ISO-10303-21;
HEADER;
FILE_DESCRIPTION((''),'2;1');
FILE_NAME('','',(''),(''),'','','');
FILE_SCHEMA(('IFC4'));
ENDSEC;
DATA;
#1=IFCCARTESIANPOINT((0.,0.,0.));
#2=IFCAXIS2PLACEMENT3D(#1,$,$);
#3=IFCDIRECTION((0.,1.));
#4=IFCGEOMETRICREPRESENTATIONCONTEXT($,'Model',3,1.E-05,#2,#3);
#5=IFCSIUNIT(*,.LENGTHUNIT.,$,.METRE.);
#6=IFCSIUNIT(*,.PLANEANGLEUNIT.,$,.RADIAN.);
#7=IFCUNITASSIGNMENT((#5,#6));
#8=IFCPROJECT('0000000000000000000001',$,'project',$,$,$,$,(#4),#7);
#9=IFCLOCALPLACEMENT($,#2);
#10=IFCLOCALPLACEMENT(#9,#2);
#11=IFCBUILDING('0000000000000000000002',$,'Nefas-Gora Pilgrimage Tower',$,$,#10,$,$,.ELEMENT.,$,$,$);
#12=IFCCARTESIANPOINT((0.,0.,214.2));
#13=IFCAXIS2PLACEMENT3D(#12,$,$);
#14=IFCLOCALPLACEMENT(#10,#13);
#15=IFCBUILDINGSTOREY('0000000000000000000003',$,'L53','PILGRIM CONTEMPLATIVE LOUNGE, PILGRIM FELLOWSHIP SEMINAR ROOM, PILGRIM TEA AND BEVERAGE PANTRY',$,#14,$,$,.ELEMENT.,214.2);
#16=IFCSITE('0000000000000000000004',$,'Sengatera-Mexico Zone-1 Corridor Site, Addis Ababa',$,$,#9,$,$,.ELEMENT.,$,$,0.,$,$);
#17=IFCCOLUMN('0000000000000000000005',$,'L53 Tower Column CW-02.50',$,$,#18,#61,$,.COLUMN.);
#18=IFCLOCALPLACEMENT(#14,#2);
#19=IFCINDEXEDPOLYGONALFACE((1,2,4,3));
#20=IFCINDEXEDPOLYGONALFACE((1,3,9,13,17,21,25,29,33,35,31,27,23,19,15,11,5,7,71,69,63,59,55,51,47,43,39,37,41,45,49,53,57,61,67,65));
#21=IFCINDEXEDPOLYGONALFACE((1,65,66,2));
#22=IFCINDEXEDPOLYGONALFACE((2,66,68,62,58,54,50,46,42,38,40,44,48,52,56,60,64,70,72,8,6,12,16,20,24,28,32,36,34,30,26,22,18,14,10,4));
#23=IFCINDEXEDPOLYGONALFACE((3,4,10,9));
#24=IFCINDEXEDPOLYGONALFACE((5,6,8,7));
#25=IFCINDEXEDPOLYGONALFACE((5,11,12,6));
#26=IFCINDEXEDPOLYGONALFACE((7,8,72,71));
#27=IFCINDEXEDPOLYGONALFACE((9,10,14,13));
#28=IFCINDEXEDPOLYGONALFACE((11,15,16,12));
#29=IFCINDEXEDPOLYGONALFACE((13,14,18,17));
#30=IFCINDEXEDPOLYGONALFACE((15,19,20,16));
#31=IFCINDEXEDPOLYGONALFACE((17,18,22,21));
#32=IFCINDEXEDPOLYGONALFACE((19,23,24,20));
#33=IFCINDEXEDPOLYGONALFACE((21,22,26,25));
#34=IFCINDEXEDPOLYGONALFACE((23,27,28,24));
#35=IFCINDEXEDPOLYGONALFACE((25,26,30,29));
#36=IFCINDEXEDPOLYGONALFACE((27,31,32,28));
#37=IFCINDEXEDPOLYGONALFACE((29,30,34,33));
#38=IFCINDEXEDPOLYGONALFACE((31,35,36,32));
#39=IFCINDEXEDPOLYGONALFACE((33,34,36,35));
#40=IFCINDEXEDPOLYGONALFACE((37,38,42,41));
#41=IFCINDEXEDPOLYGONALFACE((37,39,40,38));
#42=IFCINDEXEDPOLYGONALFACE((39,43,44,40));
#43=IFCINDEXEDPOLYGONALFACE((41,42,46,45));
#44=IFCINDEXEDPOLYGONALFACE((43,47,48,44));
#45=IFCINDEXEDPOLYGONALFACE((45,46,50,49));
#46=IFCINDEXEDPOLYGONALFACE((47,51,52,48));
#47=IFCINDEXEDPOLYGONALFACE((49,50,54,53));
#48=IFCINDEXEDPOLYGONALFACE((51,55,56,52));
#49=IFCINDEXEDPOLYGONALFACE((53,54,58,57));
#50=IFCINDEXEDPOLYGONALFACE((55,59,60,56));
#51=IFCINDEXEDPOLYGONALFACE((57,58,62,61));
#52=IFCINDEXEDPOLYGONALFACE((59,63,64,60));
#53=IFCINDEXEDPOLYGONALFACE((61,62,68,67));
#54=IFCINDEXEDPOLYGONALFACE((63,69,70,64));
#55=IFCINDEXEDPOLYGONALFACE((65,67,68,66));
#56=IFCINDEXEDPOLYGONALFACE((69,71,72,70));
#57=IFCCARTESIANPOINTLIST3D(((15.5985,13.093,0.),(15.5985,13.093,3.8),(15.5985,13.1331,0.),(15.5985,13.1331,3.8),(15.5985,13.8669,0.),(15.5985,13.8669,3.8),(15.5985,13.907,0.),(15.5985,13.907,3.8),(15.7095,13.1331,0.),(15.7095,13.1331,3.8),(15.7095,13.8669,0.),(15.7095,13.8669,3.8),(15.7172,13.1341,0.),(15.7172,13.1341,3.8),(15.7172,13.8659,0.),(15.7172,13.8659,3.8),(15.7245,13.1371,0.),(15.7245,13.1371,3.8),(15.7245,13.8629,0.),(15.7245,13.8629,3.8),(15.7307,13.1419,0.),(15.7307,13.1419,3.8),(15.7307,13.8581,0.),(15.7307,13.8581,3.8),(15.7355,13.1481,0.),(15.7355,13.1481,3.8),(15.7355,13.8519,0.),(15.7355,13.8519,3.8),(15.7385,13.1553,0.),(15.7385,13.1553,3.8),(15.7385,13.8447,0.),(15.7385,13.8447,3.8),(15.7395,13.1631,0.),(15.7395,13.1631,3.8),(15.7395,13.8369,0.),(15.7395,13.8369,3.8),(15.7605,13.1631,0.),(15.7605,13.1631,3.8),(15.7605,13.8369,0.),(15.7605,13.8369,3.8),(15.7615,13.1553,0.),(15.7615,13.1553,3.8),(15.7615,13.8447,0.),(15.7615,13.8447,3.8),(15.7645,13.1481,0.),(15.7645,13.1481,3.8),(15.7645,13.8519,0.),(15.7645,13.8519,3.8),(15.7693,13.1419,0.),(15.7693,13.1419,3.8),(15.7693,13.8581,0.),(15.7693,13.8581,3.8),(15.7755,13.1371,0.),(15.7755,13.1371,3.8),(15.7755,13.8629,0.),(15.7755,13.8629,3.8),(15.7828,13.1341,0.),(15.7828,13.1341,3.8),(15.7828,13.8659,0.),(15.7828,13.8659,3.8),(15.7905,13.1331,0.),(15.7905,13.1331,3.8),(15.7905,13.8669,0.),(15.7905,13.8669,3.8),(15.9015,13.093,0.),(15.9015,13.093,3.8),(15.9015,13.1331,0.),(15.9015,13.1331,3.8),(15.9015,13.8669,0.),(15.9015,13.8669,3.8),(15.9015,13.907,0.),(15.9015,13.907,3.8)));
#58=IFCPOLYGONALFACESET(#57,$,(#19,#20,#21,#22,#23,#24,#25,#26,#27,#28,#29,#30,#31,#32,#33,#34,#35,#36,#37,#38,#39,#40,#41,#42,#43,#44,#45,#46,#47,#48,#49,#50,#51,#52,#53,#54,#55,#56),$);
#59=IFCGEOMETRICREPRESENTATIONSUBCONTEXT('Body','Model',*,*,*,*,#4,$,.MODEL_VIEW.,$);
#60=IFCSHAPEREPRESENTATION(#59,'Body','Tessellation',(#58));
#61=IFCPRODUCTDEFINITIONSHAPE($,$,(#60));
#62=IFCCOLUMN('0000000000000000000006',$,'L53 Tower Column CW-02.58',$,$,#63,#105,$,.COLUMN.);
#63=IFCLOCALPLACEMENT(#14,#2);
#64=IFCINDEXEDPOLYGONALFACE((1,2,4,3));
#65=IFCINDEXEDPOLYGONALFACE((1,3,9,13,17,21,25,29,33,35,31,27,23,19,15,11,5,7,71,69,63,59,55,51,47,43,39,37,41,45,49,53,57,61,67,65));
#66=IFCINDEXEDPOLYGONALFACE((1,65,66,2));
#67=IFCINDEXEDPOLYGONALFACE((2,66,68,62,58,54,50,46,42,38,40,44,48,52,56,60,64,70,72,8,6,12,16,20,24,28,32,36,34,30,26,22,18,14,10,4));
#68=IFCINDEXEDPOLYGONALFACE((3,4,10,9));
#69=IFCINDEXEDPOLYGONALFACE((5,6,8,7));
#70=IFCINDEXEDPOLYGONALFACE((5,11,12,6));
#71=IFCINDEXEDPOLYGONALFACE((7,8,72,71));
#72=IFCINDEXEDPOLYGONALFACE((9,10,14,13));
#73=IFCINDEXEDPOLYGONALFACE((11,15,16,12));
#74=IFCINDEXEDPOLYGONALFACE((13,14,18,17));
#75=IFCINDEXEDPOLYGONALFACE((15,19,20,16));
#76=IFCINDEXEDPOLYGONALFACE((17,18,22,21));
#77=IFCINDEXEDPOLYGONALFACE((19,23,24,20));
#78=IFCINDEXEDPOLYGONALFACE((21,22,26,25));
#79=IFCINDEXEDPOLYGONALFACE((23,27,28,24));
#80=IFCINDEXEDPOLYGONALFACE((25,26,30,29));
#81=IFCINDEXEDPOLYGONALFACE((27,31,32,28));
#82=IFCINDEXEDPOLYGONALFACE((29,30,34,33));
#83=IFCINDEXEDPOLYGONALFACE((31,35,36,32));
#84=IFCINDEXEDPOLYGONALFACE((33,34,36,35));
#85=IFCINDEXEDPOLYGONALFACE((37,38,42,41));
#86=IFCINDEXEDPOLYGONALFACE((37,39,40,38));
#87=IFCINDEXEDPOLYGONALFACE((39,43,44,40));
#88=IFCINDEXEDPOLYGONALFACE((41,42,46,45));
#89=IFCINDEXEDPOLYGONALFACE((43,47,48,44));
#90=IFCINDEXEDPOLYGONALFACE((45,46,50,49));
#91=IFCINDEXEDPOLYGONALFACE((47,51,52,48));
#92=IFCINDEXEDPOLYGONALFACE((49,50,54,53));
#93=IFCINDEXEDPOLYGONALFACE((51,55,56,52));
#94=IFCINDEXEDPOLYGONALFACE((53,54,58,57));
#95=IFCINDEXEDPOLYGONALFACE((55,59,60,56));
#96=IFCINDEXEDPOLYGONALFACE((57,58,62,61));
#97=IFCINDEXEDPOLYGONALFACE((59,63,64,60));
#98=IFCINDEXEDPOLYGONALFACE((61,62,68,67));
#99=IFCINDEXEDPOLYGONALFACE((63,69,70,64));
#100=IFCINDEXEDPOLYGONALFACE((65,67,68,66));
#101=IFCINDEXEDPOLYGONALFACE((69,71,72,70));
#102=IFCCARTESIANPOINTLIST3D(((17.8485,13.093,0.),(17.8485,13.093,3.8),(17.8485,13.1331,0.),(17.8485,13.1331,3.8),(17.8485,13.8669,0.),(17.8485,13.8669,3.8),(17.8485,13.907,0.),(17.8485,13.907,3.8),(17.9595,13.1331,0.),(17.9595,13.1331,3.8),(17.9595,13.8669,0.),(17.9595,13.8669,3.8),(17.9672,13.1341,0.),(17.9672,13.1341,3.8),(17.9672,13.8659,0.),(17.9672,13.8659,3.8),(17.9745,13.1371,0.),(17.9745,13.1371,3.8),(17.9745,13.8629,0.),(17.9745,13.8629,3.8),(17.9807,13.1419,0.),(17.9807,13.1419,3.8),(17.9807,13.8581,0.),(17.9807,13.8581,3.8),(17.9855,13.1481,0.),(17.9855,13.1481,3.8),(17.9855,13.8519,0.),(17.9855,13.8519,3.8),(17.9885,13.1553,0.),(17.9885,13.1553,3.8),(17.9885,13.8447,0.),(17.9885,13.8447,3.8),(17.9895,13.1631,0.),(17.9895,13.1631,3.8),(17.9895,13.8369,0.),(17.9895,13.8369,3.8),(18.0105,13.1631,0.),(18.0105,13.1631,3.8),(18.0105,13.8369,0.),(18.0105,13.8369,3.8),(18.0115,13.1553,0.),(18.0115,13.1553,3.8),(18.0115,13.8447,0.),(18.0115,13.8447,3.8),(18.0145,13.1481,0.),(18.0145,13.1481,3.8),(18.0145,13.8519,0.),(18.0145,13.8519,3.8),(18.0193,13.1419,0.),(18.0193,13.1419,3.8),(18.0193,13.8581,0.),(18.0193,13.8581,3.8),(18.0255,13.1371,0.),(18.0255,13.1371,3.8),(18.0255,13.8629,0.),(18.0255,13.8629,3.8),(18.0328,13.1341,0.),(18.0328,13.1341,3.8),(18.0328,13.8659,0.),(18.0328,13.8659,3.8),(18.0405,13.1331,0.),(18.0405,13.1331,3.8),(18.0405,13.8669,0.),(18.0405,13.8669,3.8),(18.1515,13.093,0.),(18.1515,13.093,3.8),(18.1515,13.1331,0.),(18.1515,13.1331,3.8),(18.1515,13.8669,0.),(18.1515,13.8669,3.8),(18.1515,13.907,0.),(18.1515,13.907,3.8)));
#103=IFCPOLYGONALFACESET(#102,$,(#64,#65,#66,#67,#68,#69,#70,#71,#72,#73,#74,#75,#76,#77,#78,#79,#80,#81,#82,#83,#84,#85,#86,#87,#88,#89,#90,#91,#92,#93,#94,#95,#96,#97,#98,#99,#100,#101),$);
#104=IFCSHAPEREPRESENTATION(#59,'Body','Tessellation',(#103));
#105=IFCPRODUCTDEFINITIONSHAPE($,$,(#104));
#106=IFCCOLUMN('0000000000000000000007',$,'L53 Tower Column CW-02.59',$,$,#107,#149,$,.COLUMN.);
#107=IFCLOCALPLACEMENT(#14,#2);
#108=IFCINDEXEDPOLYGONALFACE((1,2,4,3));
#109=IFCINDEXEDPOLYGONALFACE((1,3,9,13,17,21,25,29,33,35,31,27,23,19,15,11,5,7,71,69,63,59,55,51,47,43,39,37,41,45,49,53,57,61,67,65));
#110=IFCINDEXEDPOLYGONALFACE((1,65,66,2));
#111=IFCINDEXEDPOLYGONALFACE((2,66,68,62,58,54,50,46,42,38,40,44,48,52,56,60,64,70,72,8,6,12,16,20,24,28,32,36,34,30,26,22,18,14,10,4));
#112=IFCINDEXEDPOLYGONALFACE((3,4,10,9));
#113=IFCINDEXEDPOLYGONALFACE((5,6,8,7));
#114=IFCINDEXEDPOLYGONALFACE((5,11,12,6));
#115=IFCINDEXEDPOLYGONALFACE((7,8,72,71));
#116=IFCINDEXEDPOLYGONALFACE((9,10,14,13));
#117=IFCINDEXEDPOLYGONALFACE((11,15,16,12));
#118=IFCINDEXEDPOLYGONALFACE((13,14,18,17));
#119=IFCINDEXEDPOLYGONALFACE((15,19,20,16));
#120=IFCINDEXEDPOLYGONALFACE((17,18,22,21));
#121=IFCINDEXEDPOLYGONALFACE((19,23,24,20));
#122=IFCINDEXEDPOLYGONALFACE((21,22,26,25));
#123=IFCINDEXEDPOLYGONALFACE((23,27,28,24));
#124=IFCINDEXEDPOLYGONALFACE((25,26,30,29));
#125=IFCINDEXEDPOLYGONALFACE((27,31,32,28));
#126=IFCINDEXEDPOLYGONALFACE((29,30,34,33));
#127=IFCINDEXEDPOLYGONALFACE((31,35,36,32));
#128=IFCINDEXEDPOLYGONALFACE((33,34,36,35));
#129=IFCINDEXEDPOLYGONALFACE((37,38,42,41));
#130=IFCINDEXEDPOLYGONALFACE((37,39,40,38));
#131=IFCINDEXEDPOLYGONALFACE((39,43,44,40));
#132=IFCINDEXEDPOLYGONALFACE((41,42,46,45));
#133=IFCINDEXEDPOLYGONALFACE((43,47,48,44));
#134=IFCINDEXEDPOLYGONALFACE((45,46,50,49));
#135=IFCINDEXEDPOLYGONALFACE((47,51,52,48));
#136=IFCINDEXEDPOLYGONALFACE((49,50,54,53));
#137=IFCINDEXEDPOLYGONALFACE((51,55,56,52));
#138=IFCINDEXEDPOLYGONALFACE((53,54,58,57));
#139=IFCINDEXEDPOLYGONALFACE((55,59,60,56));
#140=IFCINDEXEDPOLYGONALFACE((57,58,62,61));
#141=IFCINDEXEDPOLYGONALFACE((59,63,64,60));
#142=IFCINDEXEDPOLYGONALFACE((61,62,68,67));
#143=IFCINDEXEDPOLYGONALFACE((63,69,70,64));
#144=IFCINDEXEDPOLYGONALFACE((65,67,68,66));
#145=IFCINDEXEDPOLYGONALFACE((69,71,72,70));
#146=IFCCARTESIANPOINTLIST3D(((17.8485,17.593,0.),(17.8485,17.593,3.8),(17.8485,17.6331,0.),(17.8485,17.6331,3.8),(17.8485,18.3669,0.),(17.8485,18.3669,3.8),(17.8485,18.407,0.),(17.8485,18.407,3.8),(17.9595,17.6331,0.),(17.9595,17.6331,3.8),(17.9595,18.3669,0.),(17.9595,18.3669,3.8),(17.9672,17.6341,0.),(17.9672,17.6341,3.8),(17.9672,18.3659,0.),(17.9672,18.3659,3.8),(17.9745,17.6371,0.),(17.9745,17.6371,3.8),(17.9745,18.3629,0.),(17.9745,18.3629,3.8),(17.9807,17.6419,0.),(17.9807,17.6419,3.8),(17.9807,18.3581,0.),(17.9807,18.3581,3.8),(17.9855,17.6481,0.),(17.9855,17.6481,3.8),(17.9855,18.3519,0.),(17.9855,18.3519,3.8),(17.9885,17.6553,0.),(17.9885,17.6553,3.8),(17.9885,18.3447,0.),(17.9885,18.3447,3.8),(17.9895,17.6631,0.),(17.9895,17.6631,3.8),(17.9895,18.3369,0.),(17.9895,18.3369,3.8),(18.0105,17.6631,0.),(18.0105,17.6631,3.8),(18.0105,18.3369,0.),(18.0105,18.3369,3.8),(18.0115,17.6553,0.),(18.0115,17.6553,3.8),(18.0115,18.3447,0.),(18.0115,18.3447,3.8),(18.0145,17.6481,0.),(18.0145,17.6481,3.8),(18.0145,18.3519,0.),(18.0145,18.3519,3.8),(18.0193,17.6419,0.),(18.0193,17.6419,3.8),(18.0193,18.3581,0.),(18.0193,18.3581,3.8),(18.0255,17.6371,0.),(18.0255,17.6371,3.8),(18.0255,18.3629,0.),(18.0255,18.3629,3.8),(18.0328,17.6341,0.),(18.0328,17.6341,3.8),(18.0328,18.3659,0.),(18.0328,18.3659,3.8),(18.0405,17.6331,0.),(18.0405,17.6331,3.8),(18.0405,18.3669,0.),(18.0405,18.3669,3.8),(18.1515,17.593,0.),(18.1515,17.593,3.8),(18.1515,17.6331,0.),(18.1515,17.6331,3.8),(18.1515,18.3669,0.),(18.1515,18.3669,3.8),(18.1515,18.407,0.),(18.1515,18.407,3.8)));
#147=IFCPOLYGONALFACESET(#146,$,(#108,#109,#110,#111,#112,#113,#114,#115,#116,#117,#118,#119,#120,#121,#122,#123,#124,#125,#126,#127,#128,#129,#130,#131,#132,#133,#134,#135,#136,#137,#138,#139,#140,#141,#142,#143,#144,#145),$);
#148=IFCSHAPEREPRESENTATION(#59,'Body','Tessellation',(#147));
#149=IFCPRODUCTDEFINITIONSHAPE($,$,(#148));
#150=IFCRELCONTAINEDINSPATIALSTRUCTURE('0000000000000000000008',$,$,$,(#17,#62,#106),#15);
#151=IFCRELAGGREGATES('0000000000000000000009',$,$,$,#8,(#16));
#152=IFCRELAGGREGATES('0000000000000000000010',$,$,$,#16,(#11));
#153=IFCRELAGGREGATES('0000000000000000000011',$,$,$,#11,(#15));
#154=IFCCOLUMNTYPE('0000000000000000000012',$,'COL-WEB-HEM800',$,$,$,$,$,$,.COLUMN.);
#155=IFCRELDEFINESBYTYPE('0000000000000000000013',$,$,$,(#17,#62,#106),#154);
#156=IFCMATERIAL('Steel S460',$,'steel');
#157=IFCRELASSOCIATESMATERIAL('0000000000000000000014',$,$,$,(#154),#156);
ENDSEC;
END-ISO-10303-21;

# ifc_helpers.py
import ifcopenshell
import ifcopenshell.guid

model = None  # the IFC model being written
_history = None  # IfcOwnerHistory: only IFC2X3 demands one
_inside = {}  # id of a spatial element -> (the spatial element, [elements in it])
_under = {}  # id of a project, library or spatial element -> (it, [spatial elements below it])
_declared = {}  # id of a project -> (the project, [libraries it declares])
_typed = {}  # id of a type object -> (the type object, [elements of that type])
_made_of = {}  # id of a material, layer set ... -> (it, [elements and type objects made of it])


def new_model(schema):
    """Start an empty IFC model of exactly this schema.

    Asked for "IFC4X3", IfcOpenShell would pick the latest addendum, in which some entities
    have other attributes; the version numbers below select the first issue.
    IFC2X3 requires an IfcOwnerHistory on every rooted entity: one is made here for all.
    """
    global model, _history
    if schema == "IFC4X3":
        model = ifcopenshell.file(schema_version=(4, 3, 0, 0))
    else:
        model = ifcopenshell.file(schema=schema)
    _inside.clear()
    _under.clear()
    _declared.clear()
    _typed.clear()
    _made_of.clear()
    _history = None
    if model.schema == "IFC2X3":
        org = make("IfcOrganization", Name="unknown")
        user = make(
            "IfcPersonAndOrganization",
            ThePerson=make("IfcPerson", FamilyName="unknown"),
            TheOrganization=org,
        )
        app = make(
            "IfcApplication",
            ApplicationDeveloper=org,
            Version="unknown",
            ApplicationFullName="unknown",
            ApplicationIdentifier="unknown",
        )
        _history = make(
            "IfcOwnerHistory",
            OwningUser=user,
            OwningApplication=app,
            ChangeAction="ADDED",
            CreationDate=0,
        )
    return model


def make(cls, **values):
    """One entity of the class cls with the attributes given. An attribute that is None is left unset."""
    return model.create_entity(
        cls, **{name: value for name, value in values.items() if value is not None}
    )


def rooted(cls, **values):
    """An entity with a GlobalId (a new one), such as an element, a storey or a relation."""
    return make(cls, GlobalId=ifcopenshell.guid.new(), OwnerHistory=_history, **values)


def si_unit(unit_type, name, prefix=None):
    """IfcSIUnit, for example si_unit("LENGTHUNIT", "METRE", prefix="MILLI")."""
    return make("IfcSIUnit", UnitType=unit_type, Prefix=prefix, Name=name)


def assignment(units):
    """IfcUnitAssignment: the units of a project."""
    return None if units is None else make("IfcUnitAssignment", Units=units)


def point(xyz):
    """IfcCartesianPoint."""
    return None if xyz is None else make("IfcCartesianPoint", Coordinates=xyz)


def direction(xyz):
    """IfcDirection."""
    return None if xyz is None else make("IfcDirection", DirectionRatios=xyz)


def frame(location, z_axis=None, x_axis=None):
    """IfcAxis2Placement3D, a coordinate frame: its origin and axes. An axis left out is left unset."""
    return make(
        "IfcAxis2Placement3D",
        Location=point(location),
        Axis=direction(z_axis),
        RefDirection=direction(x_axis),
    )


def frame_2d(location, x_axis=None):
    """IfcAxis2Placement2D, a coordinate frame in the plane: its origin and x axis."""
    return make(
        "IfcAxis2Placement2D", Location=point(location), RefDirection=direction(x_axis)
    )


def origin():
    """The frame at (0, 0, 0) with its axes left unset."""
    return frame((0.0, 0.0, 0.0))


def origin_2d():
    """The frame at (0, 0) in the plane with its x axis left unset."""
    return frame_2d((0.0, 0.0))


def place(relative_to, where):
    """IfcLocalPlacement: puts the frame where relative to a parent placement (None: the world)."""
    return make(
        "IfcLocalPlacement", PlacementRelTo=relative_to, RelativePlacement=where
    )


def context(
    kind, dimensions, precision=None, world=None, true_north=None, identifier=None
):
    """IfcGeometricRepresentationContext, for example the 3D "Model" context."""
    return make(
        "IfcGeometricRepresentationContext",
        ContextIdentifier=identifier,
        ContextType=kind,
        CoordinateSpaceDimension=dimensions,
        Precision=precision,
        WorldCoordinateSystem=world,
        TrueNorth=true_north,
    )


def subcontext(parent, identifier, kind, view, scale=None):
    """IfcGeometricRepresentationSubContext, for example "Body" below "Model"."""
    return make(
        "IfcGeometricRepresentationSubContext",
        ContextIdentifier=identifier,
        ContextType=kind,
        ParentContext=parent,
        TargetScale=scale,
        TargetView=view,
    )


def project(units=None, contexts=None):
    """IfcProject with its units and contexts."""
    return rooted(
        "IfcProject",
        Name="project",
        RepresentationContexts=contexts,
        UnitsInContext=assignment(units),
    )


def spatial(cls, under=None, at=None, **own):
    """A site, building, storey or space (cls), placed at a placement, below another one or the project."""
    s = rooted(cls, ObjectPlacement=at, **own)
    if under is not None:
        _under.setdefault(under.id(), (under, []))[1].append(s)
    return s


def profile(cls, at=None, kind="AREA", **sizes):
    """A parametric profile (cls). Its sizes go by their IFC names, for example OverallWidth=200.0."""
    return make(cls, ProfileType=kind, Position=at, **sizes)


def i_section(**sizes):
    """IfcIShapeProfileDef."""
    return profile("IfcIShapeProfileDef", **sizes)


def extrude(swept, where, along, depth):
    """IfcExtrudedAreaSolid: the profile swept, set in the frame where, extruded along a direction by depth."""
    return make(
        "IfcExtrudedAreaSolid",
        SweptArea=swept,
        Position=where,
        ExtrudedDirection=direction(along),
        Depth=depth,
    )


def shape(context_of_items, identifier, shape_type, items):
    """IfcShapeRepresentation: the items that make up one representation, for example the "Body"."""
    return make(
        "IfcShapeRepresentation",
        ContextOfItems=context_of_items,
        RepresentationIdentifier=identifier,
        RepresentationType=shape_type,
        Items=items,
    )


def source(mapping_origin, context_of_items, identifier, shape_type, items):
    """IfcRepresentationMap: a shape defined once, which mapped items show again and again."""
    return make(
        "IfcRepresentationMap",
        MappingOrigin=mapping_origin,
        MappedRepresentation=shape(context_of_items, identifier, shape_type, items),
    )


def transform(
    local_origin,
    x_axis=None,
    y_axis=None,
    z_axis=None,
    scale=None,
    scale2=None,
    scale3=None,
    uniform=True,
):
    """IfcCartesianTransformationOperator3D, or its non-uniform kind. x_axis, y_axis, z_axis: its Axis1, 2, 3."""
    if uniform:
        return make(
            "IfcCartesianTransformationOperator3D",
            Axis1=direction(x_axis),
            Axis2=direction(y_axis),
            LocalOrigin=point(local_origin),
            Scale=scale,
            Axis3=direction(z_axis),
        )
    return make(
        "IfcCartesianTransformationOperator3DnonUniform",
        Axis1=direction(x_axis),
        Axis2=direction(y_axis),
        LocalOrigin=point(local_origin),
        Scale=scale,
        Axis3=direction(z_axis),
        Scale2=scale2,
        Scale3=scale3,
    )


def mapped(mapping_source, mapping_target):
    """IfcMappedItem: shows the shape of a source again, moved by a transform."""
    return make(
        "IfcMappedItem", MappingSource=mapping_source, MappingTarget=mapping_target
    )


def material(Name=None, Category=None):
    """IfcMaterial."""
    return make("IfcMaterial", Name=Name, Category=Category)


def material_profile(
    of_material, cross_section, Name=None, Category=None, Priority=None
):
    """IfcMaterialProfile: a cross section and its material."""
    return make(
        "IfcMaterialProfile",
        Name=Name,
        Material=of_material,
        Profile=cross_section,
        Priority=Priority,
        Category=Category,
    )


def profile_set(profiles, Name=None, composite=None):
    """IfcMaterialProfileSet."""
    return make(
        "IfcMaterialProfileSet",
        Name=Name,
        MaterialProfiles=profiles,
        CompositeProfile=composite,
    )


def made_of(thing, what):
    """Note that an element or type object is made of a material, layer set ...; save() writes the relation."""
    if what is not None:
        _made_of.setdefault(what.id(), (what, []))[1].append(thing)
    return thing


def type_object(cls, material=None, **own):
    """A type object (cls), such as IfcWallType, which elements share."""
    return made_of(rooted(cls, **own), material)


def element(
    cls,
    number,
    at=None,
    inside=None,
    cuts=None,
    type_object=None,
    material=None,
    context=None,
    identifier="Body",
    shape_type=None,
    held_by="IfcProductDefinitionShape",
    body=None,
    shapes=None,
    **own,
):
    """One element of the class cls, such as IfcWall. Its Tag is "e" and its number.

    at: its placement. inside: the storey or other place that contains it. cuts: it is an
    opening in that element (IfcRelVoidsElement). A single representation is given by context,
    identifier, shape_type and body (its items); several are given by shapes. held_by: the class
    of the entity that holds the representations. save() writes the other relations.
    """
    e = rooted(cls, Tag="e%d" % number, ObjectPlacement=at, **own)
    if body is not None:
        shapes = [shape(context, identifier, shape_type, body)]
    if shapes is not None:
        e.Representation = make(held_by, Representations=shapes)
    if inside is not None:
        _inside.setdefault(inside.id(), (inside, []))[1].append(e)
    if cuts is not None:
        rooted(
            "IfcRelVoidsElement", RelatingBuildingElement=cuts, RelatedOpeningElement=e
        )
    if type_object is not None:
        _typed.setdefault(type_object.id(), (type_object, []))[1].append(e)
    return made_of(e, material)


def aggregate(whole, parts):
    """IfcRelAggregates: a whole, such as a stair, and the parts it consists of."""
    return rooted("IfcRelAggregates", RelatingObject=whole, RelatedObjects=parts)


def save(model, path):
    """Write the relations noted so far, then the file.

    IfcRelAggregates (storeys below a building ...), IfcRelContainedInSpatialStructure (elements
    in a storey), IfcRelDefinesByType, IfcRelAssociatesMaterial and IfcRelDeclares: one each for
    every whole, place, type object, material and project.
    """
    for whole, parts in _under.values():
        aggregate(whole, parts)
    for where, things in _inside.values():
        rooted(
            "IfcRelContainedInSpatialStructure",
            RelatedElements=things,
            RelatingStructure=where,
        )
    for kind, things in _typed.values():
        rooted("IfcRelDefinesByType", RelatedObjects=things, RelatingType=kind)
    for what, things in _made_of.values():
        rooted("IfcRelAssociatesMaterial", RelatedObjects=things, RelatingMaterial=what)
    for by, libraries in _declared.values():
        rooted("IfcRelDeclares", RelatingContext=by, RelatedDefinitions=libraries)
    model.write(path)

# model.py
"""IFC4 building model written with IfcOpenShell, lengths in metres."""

from ifc_helpers import new_model, si_unit, direction, frame, origin, origin_2d, place, context, subcontext, project, spatial, i_section, extrude, source, transform, mapped, material, material_profile, profile_set, type_object, element, save


model = new_model("IFC4")

# Units and contexts
model_context = context("Model", 3, precision=1e-05, world=origin(), true_north=direction((0.0, 1.0)))
body_context = subcontext(model_context, "Body", "Model", "MODEL_VIEW")
ifc_project = project(units=[si_unit("LENGTHUNIT", "METRE"), si_unit("PLANEANGLEUNIT", "RADIAN")], contexts=[model_context])

# Site, building, storey
site_placement = place(None, origin())
site = spatial("IfcSite", under=ifc_project, at=site_placement, Name="Sengatera-Mexico Zone-1 Corridor Site, Addis Ababa", CompositionType="ELEMENT", RefElevation=0.0)
building_placement = place(site_placement, origin())
building = spatial("IfcBuilding", under=site, at=building_placement, Name="Nefas-Gora Pilgrimage Tower", CompositionType="ELEMENT")
storey_placement = place(building_placement, frame((0.0, 0.0, 214.2)))
storey = spatial("IfcBuildingStorey", under=building, at=storey_placement, Name="L53", Description="PILGRIM CONTEMPLATIVE LOUNGE, PILGRIM FELLOWSHIP SEMINAR ROOM, PILGRIM TEA AND BEVERAGE PANTRY", CompositionType="ELEMENT", Elevation=214.2)

# Columns
ifc_material_1 = material(Name="Steel S460", Category="steel")
ifc_material_profile_1 = material_profile(ifc_material_1, i_section(OverallWidth=0.303, OverallDepth=0.814, WebThickness=0.021, FlangeThickness=0.04, FilletRadius=0.03, at=origin_2d()), Name="HEM 800")
ifc_profile_set_1 = profile_set([ifc_material_profile_1], Name="Steel S460")
column_type_1 = type_object("IfcColumnType", Name="COL-WEB-HEM800", PredefinedType="COLUMN", material=ifc_profile_set_1)
shared_shape_1 = source(origin(), body_context, "Body", "SweptSolid", [
    extrude(i_section(OverallWidth=0.303, OverallDepth=0.814, WebThickness=0.021, FlangeThickness=0.04, FilletRadius=0.03, at=origin_2d()), origin(), (0.0, 0.0, 1.0), 3.8),
])
for number, where, z_axis, x_axis, name in (
    (1, (15.75, 13.5, 0.0), (0.0, 0.0, 1.0), (1.0, 0.0, 0.0), "L53 Tower Column CW-02.50"),
    (2, (18.0, 13.5, 0.0), (0.0, 0.0, 1.0), (1.0, 0.0, 0.0), "L53 Tower Column CW-02.58"),
    (3, (18.0, 18.0, 0.0), (0.0, 0.0, 1.0), (1.0, 0.0, 0.0), "L53 Tower Column CW-02.59"),
):
    element("IfcColumn", number, at=place(storey_placement, frame(where, z_axis=z_axis, x_axis=x_axis)), inside=storey, type_object=column_type_1, Name=name, PredefinedType="COLUMN", context=body_context, shape_type="MappedRepresentation", body=[
        mapped(shared_shape_1, transform((0.0, 0.0, 0.0), x_axis=(1.0, 0.0, 0.0), y_axis=(0.0, 1.0, 0.0), z_axis=(0.0, 0.0, 1.0), scale=1.0)),
    ])

save(model, "model.ifc")
